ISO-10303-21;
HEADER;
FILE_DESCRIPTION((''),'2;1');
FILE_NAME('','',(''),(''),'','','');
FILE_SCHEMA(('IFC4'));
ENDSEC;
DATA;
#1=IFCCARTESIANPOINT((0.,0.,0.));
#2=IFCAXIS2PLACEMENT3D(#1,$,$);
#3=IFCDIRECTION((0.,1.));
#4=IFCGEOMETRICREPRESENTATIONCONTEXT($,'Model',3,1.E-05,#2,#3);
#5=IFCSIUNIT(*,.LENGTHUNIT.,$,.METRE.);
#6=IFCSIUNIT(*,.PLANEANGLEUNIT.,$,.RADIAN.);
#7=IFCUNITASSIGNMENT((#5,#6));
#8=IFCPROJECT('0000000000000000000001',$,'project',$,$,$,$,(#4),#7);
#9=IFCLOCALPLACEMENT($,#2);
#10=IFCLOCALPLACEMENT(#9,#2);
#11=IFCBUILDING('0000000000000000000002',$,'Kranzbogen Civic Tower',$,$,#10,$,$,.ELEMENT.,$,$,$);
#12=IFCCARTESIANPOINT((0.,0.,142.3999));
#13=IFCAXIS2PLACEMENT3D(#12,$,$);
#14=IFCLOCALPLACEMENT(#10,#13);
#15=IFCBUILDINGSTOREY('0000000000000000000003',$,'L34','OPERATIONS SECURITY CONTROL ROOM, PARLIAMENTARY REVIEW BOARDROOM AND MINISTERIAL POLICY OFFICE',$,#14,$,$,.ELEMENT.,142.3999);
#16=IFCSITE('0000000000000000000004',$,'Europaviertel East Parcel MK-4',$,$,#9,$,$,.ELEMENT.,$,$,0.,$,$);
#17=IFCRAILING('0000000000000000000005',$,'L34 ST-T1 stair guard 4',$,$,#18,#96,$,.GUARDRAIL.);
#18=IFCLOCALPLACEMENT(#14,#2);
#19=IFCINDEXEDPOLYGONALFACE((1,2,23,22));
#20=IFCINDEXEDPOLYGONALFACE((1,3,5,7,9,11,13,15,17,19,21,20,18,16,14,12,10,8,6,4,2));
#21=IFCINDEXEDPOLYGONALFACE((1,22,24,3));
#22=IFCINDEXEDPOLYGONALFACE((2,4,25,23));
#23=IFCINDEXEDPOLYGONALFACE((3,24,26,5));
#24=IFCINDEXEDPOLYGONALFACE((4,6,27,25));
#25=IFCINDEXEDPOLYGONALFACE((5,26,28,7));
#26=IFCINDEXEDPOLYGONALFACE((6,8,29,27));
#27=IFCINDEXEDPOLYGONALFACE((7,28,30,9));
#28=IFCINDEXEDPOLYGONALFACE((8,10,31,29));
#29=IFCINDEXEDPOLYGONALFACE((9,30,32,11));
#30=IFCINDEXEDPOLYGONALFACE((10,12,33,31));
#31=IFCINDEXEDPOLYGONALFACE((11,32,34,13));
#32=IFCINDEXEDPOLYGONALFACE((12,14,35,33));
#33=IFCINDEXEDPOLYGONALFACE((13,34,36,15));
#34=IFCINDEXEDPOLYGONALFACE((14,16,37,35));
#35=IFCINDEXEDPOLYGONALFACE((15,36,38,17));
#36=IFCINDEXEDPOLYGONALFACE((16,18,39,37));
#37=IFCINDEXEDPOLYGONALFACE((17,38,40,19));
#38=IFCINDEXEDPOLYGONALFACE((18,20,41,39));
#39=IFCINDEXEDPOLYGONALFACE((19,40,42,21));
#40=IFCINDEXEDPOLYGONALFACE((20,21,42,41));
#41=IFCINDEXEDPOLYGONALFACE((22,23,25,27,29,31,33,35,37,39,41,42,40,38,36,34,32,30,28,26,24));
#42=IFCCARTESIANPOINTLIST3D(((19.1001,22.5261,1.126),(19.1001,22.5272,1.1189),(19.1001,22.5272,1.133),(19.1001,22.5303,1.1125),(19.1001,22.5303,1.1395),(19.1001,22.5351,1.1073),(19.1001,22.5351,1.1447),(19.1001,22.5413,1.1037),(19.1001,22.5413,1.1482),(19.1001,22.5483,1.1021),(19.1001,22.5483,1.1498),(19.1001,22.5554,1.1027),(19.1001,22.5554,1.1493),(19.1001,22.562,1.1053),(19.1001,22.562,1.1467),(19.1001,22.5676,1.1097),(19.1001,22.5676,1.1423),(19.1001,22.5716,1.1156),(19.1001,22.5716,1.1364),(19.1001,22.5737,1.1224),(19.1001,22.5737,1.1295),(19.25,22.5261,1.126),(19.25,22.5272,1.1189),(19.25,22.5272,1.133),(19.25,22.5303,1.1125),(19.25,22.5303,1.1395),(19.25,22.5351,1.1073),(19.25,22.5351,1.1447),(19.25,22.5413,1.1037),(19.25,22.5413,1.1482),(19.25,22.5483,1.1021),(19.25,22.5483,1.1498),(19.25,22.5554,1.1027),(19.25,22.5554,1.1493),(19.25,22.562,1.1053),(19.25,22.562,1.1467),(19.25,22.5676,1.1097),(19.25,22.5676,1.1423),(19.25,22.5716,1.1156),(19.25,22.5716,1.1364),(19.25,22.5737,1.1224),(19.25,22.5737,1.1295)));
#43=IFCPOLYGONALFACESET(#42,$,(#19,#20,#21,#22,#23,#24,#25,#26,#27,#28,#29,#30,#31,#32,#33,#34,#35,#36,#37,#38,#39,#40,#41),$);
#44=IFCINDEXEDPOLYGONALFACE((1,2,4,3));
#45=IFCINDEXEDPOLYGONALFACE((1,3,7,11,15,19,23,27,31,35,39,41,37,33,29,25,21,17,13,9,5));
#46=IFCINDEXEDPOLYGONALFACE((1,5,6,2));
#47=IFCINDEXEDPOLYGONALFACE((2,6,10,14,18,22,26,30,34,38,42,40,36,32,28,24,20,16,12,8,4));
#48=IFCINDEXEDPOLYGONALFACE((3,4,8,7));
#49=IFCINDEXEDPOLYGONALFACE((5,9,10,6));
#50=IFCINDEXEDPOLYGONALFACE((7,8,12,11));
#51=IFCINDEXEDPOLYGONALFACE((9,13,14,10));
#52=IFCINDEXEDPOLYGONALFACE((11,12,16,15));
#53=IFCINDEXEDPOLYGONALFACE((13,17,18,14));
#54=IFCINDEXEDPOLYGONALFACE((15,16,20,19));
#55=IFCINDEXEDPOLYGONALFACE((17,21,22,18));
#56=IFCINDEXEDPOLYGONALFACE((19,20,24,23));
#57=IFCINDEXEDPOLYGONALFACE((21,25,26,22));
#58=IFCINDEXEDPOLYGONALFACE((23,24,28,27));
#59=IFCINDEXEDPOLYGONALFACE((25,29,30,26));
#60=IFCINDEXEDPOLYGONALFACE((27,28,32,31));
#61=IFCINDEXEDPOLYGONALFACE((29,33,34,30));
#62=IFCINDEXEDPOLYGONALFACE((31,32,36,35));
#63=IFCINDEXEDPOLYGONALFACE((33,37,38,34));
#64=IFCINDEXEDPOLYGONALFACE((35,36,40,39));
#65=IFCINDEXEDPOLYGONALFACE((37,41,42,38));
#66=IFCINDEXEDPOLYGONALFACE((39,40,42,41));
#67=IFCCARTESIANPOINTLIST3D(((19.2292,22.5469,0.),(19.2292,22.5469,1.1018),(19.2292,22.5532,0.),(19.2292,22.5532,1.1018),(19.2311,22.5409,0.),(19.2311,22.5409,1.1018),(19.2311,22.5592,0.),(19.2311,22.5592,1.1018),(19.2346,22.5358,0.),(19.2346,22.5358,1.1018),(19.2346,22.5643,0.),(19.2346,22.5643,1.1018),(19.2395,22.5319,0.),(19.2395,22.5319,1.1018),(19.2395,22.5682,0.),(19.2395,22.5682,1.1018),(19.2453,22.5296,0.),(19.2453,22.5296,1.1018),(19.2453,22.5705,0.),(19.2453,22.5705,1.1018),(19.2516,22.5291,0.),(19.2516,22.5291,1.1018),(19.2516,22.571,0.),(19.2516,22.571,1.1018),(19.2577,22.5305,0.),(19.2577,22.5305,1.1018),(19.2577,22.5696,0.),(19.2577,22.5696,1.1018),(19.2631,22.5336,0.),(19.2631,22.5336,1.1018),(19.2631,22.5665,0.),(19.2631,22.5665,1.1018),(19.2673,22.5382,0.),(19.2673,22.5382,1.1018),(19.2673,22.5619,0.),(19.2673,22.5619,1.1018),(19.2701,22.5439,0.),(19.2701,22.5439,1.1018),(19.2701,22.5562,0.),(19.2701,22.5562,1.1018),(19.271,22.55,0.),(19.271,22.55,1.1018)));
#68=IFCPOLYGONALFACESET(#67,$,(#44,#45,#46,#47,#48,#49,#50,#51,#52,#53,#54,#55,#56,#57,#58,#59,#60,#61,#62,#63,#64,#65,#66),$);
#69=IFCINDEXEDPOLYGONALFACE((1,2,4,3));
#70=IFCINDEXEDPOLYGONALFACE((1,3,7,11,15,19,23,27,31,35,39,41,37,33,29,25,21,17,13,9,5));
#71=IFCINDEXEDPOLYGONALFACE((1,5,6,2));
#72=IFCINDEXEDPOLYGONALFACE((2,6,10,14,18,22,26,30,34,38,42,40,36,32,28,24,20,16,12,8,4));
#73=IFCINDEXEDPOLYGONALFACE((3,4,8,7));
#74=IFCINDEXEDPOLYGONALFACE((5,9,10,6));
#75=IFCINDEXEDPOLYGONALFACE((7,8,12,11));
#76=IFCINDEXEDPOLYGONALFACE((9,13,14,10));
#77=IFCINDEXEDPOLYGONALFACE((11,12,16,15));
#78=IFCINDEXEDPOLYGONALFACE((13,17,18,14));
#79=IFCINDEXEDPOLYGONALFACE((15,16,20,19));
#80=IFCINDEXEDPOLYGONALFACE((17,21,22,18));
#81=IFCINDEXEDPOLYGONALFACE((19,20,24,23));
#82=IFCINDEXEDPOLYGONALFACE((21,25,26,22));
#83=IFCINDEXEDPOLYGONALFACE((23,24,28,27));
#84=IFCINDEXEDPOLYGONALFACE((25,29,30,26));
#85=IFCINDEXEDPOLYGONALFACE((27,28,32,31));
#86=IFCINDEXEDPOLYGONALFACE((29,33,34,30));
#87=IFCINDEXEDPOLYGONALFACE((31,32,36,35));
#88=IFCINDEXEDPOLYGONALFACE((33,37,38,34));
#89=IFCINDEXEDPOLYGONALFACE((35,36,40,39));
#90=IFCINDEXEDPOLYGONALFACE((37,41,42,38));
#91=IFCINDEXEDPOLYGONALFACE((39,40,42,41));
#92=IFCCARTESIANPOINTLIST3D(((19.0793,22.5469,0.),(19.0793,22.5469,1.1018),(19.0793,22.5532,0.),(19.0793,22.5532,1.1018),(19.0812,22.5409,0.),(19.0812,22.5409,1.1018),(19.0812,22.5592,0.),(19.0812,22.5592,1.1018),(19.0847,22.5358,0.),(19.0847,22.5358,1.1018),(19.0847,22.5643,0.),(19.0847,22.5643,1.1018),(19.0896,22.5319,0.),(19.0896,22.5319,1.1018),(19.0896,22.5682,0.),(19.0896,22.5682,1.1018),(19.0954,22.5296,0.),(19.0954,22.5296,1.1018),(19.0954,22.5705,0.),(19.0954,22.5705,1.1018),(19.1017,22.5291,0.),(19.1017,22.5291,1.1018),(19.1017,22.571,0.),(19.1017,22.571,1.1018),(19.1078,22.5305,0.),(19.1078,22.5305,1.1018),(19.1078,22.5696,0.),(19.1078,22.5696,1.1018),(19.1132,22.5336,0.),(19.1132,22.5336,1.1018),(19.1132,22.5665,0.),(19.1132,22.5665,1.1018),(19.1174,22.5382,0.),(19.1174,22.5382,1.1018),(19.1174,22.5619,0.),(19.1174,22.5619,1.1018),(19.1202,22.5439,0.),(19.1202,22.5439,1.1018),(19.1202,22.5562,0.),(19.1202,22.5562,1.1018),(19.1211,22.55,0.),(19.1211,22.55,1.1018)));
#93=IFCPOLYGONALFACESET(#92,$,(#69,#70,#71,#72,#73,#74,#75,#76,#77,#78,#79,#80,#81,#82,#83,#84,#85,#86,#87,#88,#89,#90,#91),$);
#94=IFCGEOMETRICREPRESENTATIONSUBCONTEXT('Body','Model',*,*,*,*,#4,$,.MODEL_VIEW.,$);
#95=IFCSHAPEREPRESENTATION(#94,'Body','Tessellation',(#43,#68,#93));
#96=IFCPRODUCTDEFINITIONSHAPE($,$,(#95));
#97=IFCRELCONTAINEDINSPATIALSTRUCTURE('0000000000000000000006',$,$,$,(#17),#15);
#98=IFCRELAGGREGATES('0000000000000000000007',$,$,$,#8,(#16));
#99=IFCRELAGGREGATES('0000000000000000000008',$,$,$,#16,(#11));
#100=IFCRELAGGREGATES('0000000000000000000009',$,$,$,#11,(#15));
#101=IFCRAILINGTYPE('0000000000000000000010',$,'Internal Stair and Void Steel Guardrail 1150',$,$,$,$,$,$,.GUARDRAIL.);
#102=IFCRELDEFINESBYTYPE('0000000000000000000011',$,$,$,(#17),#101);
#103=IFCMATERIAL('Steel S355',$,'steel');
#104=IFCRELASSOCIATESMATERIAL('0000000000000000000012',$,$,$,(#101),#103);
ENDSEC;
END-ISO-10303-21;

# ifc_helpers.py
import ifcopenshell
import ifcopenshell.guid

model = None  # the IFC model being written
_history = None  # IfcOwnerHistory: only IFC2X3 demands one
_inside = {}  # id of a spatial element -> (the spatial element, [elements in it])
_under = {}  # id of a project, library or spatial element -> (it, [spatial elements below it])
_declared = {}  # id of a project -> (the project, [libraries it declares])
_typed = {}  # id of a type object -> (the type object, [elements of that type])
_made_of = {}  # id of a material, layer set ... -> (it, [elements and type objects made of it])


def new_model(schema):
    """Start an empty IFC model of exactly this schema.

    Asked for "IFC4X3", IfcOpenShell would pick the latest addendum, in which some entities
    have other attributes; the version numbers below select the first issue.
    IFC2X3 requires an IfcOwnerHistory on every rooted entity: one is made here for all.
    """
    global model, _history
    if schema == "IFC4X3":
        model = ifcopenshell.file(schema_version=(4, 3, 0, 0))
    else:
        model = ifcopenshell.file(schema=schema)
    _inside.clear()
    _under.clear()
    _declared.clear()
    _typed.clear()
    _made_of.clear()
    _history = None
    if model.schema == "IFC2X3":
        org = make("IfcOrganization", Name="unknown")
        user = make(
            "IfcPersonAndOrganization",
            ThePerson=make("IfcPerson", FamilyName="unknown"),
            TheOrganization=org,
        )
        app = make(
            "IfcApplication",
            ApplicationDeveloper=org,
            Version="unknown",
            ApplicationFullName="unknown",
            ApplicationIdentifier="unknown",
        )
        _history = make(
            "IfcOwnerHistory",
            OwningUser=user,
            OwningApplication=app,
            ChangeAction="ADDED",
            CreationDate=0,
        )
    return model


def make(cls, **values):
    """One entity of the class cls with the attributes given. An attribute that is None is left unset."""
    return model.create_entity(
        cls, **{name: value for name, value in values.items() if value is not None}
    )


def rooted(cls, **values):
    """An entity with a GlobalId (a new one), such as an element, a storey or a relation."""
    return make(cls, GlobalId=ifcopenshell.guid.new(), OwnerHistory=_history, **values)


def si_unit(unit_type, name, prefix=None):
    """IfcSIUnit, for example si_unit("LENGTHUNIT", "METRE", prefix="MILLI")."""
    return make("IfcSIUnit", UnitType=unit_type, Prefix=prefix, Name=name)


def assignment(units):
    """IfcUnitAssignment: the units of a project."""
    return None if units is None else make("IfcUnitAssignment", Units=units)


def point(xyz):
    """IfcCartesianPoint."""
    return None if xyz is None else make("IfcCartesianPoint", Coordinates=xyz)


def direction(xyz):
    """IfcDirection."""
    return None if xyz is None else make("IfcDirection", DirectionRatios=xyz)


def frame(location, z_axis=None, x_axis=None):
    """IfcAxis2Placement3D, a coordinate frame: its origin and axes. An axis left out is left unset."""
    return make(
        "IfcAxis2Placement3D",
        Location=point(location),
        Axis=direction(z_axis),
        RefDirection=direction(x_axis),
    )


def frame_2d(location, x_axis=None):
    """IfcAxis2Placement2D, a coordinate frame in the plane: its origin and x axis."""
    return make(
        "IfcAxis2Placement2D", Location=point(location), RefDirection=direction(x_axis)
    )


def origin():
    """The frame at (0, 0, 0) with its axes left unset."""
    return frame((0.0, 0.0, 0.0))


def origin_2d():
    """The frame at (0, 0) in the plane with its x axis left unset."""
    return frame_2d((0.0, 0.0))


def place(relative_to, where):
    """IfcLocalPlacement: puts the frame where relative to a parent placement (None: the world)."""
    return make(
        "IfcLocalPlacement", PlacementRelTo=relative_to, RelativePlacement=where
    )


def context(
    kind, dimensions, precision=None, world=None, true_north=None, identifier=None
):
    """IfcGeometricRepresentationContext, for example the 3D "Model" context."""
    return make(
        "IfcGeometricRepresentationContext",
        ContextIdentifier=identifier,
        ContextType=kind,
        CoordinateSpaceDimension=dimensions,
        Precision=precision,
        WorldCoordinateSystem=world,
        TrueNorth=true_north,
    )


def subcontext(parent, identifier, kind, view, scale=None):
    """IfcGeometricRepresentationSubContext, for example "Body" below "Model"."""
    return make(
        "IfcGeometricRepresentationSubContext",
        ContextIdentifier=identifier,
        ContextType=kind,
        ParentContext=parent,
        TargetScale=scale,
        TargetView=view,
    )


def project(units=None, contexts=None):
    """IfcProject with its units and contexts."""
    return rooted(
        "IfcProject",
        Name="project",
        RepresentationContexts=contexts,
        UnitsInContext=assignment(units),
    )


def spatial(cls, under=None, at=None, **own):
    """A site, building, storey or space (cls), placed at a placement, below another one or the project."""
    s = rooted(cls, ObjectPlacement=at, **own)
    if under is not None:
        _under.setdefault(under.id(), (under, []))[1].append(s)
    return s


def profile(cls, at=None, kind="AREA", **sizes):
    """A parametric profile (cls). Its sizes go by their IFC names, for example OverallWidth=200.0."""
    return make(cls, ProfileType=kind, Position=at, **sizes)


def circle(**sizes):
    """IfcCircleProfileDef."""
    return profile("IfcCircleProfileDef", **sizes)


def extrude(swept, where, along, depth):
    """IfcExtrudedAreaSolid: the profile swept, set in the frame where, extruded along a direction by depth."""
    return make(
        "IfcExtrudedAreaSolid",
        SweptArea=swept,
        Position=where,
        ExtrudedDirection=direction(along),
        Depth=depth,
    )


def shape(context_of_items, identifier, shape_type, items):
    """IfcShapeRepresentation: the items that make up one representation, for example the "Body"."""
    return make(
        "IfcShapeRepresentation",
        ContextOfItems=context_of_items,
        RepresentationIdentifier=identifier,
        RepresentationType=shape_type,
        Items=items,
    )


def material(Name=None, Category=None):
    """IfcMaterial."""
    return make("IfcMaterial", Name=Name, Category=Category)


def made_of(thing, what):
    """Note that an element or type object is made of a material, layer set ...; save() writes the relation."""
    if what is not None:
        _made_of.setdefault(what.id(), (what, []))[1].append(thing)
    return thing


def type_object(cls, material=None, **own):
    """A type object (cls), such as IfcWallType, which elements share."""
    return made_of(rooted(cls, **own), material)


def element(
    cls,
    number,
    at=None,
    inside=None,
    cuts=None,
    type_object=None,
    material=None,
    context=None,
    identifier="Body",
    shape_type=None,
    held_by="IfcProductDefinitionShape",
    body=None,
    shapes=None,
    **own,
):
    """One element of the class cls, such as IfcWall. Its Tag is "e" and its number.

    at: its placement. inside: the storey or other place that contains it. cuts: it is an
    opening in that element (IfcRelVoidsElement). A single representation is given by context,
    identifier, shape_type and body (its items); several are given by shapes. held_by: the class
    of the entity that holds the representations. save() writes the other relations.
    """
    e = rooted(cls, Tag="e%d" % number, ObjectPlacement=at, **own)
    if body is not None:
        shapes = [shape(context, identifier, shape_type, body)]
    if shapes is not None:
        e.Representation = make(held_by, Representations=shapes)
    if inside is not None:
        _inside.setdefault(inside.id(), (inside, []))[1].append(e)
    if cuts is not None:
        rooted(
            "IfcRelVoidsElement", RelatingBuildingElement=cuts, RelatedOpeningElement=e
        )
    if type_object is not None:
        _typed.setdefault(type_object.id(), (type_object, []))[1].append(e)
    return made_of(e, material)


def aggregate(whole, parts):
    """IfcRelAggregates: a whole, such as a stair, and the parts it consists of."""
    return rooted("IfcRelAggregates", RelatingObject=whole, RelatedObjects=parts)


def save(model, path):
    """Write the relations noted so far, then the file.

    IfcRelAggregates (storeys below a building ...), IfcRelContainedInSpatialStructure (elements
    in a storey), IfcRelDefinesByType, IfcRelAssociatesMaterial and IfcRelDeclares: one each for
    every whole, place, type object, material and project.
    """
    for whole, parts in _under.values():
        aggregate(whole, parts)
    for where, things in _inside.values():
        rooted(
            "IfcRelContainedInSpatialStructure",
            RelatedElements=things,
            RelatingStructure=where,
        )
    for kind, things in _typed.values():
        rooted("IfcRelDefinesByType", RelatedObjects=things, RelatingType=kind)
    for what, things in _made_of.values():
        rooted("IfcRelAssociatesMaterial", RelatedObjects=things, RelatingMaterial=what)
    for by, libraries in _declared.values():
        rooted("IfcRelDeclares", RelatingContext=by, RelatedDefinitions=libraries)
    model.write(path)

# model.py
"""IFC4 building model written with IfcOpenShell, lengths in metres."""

from ifc_helpers import new_model, si_unit, direction, frame, origin, origin_2d, place, context, subcontext, project, spatial, circle, extrude, material, type_object, element, save


model = new_model("IFC4")

# Units and contexts
model_context = context("Model", 3, precision=1e-05, world=origin(), true_north=direction((0.0, 1.0)))
body_context = subcontext(model_context, "Body", "Model", "MODEL_VIEW")
ifc_project = project(units=[si_unit("LENGTHUNIT", "METRE"), si_unit("PLANEANGLEUNIT", "RADIAN")], contexts=[model_context])

# Site, building, storey
site_placement = place(None, origin())
site = spatial("IfcSite", under=ifc_project, at=site_placement, Name="Europaviertel East Parcel MK-4", CompositionType="ELEMENT", RefElevation=0.0)
building_placement = place(site_placement, origin())
building = spatial("IfcBuilding", under=site, at=building_placement, Name="Kranzbogen Civic Tower", CompositionType="ELEMENT")
storey_placement = place(building_placement, frame((0.0, 0.0, 142.3999)))
storey = spatial("IfcBuildingStorey", under=building, at=storey_placement, Name="L34", Description="OPERATIONS SECURITY CONTROL ROOM, PARLIAMENTARY REVIEW BOARDROOM AND MINISTERIAL POLICY OFFICE", CompositionType="ELEMENT", Elevation=142.3999)

# Shared definitions
ifc_material_1 = material(Name="Steel S355", Category="steel")

# Railing
railing_type_1 = type_object("IfcRailingType", Name="Internal Stair and Void Steel Guardrail 1150", PredefinedType="GUARDRAIL", material=ifc_material_1)
railing_1_placement = place(storey_placement, frame((19.25, 22.55, 0.0)))
element("IfcRailing", 1, at=railing_1_placement, inside=storey, type_object=railing_type_1, Name="L34 ST-T1 stair guard 4", PredefinedType="GUARDRAIL", context=body_context, shape_type="SweptSolid", body=[
    extrude(circle(Radius=0.0239, at=origin_2d()), frame((0.0, 0.0, 1.126), z_axis=(-1.0, 0.0, 0.0), x_axis=(0.0, -1.0, 0.0)), (0.0, 0.0, 1.0), 0.1499),
    extrude(circle(Radius=0.021, at=origin_2d()), origin(), (0.0, 0.0, 1.0), 1.1018),
    extrude(circle(Radius=0.021, at=origin_2d()), frame((-0.1499, 0.0, 0.0)), (0.0, 0.0, 1.0), 1.1018),
])

save(model, "model.ifc")
